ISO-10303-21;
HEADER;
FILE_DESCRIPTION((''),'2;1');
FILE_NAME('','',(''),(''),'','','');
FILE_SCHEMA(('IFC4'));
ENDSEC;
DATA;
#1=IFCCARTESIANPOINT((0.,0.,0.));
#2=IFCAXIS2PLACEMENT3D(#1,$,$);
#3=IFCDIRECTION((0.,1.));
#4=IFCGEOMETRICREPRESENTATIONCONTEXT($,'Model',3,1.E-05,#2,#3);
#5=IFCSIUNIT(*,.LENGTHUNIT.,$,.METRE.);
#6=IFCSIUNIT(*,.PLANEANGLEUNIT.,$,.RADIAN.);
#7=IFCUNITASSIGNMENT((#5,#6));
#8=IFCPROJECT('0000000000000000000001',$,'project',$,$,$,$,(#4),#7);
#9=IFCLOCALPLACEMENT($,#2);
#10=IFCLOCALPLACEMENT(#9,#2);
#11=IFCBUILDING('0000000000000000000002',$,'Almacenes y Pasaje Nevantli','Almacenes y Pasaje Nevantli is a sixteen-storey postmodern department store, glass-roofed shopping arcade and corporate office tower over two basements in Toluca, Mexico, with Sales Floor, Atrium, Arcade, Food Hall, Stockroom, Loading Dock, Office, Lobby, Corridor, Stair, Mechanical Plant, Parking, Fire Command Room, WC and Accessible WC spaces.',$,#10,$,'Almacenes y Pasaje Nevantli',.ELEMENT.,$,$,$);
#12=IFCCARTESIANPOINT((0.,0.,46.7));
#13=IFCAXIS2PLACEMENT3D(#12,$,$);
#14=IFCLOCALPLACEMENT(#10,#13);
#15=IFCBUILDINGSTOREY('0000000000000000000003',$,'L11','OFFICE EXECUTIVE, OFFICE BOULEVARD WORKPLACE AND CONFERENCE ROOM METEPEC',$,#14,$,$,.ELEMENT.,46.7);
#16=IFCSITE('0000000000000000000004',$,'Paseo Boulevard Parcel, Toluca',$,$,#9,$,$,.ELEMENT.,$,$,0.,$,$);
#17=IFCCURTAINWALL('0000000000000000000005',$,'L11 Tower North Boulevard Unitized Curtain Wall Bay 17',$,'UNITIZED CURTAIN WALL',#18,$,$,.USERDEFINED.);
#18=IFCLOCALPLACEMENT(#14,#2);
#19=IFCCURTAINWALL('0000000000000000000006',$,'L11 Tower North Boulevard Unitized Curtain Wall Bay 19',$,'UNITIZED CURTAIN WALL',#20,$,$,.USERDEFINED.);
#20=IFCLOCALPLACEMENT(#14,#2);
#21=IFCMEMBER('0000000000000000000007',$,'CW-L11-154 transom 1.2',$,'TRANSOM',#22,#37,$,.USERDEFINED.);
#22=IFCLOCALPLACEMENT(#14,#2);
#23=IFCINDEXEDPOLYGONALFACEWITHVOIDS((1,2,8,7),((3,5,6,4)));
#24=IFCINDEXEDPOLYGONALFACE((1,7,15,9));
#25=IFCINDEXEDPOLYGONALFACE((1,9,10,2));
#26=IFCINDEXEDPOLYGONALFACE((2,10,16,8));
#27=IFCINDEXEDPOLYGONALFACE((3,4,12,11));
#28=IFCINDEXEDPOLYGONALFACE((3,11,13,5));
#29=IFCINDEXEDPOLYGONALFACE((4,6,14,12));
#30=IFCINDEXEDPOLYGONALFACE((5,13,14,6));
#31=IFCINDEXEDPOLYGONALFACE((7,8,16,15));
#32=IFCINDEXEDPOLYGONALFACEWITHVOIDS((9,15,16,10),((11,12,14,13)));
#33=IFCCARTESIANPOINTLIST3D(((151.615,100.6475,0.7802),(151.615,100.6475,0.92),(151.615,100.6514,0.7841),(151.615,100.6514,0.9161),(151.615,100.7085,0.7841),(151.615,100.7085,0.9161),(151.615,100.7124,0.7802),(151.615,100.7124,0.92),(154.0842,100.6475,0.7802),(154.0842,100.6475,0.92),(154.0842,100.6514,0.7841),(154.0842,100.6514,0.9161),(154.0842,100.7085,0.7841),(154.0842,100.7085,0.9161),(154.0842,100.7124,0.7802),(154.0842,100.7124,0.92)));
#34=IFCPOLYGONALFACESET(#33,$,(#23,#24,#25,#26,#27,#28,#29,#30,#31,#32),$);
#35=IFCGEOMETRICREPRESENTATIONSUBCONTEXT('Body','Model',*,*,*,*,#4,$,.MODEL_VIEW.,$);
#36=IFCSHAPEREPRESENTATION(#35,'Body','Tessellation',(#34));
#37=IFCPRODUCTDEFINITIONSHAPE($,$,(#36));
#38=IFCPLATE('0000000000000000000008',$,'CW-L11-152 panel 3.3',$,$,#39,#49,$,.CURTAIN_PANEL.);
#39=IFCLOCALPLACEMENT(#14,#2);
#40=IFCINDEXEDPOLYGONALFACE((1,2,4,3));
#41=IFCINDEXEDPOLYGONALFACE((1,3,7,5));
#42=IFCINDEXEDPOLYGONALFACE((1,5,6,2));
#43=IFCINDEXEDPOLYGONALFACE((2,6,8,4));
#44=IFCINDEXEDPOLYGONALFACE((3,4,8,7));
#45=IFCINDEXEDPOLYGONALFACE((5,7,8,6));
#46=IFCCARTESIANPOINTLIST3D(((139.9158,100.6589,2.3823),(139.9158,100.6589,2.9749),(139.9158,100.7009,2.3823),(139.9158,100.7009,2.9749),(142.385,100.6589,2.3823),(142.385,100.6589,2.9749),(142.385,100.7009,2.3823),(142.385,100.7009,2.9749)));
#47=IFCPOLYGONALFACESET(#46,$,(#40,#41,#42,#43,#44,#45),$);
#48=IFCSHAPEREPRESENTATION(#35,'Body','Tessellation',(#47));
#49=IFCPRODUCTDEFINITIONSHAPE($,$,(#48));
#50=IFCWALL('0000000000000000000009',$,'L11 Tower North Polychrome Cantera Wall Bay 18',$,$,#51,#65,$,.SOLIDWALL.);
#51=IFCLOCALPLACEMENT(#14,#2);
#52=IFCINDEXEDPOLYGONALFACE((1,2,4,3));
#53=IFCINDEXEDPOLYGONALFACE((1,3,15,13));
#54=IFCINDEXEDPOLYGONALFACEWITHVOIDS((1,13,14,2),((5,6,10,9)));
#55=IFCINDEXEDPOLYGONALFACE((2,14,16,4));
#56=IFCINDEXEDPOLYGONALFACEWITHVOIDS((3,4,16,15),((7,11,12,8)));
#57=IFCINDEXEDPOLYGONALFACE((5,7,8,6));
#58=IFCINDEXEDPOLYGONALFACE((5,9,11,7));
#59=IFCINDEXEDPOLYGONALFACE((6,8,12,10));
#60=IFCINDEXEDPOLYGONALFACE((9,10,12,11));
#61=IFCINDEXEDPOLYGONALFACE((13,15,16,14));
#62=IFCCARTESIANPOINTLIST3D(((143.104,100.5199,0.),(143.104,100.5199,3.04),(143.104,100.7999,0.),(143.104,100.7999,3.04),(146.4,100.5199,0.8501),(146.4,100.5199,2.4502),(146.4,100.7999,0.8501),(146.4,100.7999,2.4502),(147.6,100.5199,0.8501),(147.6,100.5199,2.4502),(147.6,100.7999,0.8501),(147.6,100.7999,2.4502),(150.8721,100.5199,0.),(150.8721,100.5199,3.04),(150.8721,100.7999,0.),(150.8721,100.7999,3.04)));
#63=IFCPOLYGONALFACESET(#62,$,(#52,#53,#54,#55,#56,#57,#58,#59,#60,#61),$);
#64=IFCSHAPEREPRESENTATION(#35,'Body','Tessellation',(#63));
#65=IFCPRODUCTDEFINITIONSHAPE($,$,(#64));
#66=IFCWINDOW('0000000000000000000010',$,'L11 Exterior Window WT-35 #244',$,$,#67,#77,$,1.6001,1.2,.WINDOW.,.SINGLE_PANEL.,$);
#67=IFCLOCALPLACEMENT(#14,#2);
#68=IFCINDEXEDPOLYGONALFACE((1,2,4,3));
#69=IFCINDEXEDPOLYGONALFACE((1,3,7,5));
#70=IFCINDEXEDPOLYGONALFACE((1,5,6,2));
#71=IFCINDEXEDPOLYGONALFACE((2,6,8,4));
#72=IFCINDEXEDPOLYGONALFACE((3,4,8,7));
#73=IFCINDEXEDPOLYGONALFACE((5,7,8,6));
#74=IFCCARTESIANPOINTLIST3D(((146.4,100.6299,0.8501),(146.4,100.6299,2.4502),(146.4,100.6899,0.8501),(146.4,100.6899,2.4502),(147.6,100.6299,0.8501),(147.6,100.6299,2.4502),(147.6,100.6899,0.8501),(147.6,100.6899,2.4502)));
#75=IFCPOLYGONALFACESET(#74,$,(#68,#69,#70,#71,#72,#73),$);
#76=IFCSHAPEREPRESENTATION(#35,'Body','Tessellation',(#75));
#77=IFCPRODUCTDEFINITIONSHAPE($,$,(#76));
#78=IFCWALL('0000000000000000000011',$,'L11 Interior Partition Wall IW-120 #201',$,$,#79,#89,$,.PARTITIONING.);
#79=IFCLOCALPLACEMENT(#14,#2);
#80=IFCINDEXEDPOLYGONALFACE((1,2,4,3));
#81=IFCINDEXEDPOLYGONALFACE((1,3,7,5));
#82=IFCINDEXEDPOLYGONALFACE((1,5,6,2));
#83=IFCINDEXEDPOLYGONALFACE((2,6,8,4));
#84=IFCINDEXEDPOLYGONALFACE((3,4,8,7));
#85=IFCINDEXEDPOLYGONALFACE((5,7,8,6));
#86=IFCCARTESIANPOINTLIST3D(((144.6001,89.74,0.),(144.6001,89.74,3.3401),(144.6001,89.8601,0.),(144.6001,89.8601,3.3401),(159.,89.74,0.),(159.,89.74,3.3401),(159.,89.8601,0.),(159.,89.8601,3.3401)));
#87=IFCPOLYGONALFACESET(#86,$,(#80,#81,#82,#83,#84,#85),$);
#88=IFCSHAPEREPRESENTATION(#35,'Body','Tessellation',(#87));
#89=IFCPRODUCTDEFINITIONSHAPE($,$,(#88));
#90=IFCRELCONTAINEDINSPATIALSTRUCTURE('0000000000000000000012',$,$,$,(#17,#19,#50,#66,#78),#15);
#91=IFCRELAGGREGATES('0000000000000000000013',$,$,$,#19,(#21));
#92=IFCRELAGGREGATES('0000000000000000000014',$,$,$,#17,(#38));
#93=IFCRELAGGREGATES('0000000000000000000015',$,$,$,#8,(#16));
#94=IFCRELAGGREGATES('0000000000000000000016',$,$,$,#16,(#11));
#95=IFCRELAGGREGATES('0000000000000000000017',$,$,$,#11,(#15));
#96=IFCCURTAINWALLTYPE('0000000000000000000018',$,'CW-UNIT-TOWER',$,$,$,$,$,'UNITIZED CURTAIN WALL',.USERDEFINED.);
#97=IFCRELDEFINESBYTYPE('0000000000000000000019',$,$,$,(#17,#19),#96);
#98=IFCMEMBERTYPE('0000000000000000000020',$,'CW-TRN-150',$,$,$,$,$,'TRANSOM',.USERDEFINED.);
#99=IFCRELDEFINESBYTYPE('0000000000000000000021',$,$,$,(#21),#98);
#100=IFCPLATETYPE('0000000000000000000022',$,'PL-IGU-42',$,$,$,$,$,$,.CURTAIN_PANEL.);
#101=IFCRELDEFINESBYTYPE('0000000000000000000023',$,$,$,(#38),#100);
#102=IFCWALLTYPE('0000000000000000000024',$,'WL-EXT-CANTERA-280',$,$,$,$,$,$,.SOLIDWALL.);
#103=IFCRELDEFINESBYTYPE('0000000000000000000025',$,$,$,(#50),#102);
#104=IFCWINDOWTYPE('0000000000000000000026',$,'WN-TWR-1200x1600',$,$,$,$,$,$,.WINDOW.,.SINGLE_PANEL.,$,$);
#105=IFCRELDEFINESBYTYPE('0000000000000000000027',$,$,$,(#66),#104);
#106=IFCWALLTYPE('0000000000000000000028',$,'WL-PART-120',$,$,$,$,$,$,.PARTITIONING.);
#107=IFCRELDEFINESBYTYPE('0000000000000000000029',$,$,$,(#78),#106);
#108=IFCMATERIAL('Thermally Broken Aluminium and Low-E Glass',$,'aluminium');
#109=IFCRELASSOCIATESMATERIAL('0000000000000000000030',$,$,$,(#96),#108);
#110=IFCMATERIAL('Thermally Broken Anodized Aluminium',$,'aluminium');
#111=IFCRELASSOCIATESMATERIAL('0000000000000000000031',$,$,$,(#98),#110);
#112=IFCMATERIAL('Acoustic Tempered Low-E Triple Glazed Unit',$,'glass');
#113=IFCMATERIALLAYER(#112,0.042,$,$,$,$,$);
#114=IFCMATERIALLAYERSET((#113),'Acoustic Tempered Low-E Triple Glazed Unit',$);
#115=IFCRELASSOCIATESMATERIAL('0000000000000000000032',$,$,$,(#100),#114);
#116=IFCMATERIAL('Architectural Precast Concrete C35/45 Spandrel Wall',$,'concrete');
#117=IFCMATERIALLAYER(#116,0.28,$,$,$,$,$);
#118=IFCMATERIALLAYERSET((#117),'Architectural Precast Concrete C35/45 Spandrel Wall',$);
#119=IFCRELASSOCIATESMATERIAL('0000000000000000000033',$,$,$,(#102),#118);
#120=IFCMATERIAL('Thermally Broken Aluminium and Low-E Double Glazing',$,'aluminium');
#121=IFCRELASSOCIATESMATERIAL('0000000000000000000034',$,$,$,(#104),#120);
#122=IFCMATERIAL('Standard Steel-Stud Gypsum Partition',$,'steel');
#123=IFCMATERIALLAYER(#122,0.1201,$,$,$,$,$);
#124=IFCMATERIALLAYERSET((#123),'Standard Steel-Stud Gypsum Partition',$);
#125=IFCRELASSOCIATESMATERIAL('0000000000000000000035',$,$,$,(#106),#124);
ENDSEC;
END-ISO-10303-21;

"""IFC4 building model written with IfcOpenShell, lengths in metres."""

from ifc_helpers import new_model, si_unit, direction, frame, frame_2d, origin, origin_2d, place, context, subcontext, project, spatial, rectangle, hollow_rectangle, extrude, material, layer, layer_set, material_profile, profile_set, type_object, element, fill, aggregate, save


model = new_model("IFC4")

# Units and contexts
model_context = context("Model", 3, precision=1e-05, world=origin(), true_north=direction((0.0, 1.0)))
body_context = subcontext(model_context, "Body", "Model", "MODEL_VIEW")
ifc_project = project(units=[si_unit("LENGTHUNIT", "METRE"), si_unit("PLANEANGLEUNIT", "RADIAN")], contexts=[model_context])

# Site, building, storey
site_placement = place(None, origin())
site = spatial("IfcSite", under=ifc_project, at=site_placement, Name="Paseo Boulevard Parcel, Toluca", CompositionType="ELEMENT", RefElevation=0.0)
building_placement = place(site_placement, origin())
building = spatial("IfcBuilding", under=site, at=building_placement, Name="Almacenes y Pasaje Nevantli", Description="Almacenes y Pasaje Nevantli is a sixteen-storey postmodern department store, glass-roofed shopping arcade and corporate office tower over two basements in Toluca, Mexico, with Sales Floor, Atrium, Arcade, Food Hall, Stockroom, Loading Dock, Office, Lobby, Corridor, Stair, Mechanical Plant, Parking, Fire Command Room, WC and Accessible WC spaces.", LongName="Almacenes y Pasaje Nevantli", CompositionType="ELEMENT")
storey_placement = place(building_placement, frame((0.0, 0.0, 46.7)))
storey = spatial("IfcBuildingStorey", under=building, at=storey_placement, Name="L11", Description="OFFICE EXECUTIVE, OFFICE BOULEVARD WORKPLACE AND CONFERENCE ROOM METEPEC", CompositionType="ELEMENT", Elevation=46.7)

# Curtain wall
ifc_material_1 = material(Name="Thermally Broken Aluminium and Low-E Glass", Category="aluminium")
curtain_wall_type = type_object("IfcCurtainWallType", Name="CW-UNIT-TOWER", ElementType="UNITIZED CURTAIN WALL", PredefinedType="USERDEFINED", material=ifc_material_1)
curtain_wall_1_placement = place(storey_placement, origin())
curtain_wall_1 = element("IfcCurtainWall", 1, at=curtain_wall_1_placement, inside=storey, type_object=curtain_wall_type, Name="L11 Tower North Boulevard Unitized Curtain Wall Bay 17", ObjectType="UNITIZED CURTAIN WALL", PredefinedType="USERDEFINED")

# Curtain wall, member
curtain_wall_2_placement = place(storey_placement, origin())
curtain_wall_2 = element("IfcCurtainWall", 2, at=curtain_wall_2_placement, inside=storey, type_object=curtain_wall_type, Name="L11 Tower North Boulevard Unitized Curtain Wall Bay 19", ObjectType="UNITIZED CURTAIN WALL", PredefinedType="USERDEFINED")
ifc_material_2 = material(Name="Thermally Broken Anodized Aluminium", Category="aluminium")
ifc_material_profile_1 = material_profile(ifc_material_2, hollow_rectangle(XDim=0.0649, YDim=0.1399, WallThickness=0.0039, at=origin_2d()), Name="ALU-TRN-65x140")
ifc_profile_set_1 = profile_set([ifc_material_profile_1], Name="Thermally Broken Anodized Aluminium")
member_type_1 = type_object("IfcMemberType", Name="CW-TRN-150", ElementType="TRANSOM", PredefinedType="USERDEFINED", material=ifc_profile_set_1)
member_1_placement = place(storey_placement, frame((151.615, 100.6799, 0.8501), z_axis=(1.0, 0.0, 0.0), x_axis=(0.0, 1.0, 0.0)))
member_1 = element("IfcMember", 3, at=member_1_placement, type_object=member_type_1, Name="CW-L11-154 transom 1.2", ObjectType="TRANSOM", PredefinedType="USERDEFINED", context=body_context, shape_type="SweptSolid", body=[
    extrude(hollow_rectangle(XDim=0.0649, YDim=0.1399, WallThickness=0.0039, at=origin_2d()), origin(), (0.0, 0.0, 1.0), 2.4692),
])
aggregate(curtain_wall_2, [member_1])

# Plate
ifc_material_3 = material(Name="Acoustic Tempered Low-E Triple Glazed Unit", Category="glass")
ifc_layer_1 = layer(ifc_material_3, 0.042)
ifc_layer_set_1 = layer_set([ifc_layer_1], Name="Acoustic Tempered Low-E Triple Glazed Unit")
plate_type = type_object("IfcPlateType", Name="PL-IGU-42", PredefinedType="CURTAIN_PANEL", material=ifc_layer_set_1)
plate_placement = place(storey_placement, frame((141.1504, 100.6799, 2.3823), z_axis=(0.0, 0.0, 1.0), x_axis=(1.0, 0.0, 0.0)))
plate = element("IfcPlate", 4, at=plate_placement, type_object=plate_type, Name="CW-L11-152 panel 3.3", PredefinedType="CURTAIN_PANEL", context=body_context, shape_type="SweptSolid", body=[
    extrude(rectangle(XDim=2.4692, YDim=0.042, at=origin_2d()), origin(), (0.0, 0.0, 1.0), 0.5925),
])
aggregate(curtain_wall_1, [plate])

# Wall, opening, window
ifc_material_4 = material(Name="Architectural Precast Concrete C35/45 Spandrel Wall", Category="concrete")
ifc_layer_2 = layer(ifc_material_4, 0.28)
ifc_layer_set_2 = layer_set([ifc_layer_2], Name="Architectural Precast Concrete C35/45 Spandrel Wall")
wall_type_1 = type_object("IfcWallType", Name="WL-EXT-CANTERA-280", PredefinedType="SOLIDWALL", material=ifc_layer_set_2)
wall_1_placement = place(storey_placement, frame((143.104, 100.6599, 0.0), z_axis=(0.0, 0.0, 1.0), x_axis=(1.0, 0.0, 0.0)))
wall_1 = element("IfcWall", 5, at=wall_1_placement, inside=storey, type_object=wall_type_1, Name="L11 Tower North Polychrome Cantera Wall Bay 18", PredefinedType="SOLIDWALL", context=body_context, shape_type="SweptSolid", body=[
    extrude(rectangle(XDim=7.7681, YDim=0.28, at=frame_2d((3.884, 0.0))), origin(), (0.0, 0.0, 1.0), 3.04),
])
opening_placement = place(wall_1_placement, frame((3.2959, 0.0, 0.8501)))
opening = element("IfcOpeningElement", 6, at=opening_placement, cuts=wall_1, PredefinedType="OPENING", context=body_context, shape_type="SweptSolid", body=[
    extrude(rectangle(XDim=1.2, YDim=1.6001, at=frame_2d((0.6001, 0.8))), frame((0.0, 0.1499, 0.0), z_axis=(0.0, -1.0, 0.0), x_axis=(1.0, 0.0, 0.0)), (0.0, 0.0, 1.0), 0.3),
])
ifc_material_5 = material(Name="Thermally Broken Aluminium and Low-E Double Glazing", Category="aluminium")
window_type = type_object("IfcWindowType", Name="WN-TWR-1200x1600", PartitioningType="SINGLE_PANEL", PredefinedType="WINDOW", material=ifc_material_5)
window_placement = place(opening_placement, origin())
window = element("IfcWindow", 7, at=window_placement, inside=storey, type_object=window_type, Name="L11 Exterior Window WT-35 #244", OverallHeight=1.6001, OverallWidth=1.2, PartitioningType="SINGLE_PANEL", PredefinedType="WINDOW", context=body_context, shape_type="SweptSolid", body=[
    extrude(rectangle(XDim=1.2, YDim=1.6001, at=frame_2d((0.6001, 0.8))), frame((0.0, 0.03, 0.0), z_axis=(0.0, -1.0, 0.0), x_axis=(1.0, 0.0, 0.0)), (0.0, 0.0, 1.0), 0.0601),
])
fill(opening, window)

# Wall
ifc_material_6 = material(Name="Standard Steel-Stud Gypsum Partition", Category="steel")
ifc_layer_3 = layer(ifc_material_6, 0.1201)
ifc_layer_set_3 = layer_set([ifc_layer_3], Name="Standard Steel-Stud Gypsum Partition")
wall_type_2 = type_object("IfcWallType", Name="WL-PART-120", PredefinedType="PARTITIONING", material=ifc_layer_set_3)
wall_2_placement = place(storey_placement, frame((144.6001, 89.8, 0.0), z_axis=(0.0, 0.0, 1.0), x_axis=(1.0, 0.0, 0.0)))
element("IfcWall", 8, at=wall_2_placement, inside=storey, type_object=wall_type_2, Name="L11 Interior Partition Wall IW-120 #201", PredefinedType="PARTITIONING", context=body_context, shape_type="SweptSolid", body=[
    extrude(rectangle(XDim=14.3999, YDim=0.1201, at=frame_2d((7.2, 0.0))), origin(), (0.0, 0.0, 1.0), 3.3401),
])

save(model, "model.ifc")
